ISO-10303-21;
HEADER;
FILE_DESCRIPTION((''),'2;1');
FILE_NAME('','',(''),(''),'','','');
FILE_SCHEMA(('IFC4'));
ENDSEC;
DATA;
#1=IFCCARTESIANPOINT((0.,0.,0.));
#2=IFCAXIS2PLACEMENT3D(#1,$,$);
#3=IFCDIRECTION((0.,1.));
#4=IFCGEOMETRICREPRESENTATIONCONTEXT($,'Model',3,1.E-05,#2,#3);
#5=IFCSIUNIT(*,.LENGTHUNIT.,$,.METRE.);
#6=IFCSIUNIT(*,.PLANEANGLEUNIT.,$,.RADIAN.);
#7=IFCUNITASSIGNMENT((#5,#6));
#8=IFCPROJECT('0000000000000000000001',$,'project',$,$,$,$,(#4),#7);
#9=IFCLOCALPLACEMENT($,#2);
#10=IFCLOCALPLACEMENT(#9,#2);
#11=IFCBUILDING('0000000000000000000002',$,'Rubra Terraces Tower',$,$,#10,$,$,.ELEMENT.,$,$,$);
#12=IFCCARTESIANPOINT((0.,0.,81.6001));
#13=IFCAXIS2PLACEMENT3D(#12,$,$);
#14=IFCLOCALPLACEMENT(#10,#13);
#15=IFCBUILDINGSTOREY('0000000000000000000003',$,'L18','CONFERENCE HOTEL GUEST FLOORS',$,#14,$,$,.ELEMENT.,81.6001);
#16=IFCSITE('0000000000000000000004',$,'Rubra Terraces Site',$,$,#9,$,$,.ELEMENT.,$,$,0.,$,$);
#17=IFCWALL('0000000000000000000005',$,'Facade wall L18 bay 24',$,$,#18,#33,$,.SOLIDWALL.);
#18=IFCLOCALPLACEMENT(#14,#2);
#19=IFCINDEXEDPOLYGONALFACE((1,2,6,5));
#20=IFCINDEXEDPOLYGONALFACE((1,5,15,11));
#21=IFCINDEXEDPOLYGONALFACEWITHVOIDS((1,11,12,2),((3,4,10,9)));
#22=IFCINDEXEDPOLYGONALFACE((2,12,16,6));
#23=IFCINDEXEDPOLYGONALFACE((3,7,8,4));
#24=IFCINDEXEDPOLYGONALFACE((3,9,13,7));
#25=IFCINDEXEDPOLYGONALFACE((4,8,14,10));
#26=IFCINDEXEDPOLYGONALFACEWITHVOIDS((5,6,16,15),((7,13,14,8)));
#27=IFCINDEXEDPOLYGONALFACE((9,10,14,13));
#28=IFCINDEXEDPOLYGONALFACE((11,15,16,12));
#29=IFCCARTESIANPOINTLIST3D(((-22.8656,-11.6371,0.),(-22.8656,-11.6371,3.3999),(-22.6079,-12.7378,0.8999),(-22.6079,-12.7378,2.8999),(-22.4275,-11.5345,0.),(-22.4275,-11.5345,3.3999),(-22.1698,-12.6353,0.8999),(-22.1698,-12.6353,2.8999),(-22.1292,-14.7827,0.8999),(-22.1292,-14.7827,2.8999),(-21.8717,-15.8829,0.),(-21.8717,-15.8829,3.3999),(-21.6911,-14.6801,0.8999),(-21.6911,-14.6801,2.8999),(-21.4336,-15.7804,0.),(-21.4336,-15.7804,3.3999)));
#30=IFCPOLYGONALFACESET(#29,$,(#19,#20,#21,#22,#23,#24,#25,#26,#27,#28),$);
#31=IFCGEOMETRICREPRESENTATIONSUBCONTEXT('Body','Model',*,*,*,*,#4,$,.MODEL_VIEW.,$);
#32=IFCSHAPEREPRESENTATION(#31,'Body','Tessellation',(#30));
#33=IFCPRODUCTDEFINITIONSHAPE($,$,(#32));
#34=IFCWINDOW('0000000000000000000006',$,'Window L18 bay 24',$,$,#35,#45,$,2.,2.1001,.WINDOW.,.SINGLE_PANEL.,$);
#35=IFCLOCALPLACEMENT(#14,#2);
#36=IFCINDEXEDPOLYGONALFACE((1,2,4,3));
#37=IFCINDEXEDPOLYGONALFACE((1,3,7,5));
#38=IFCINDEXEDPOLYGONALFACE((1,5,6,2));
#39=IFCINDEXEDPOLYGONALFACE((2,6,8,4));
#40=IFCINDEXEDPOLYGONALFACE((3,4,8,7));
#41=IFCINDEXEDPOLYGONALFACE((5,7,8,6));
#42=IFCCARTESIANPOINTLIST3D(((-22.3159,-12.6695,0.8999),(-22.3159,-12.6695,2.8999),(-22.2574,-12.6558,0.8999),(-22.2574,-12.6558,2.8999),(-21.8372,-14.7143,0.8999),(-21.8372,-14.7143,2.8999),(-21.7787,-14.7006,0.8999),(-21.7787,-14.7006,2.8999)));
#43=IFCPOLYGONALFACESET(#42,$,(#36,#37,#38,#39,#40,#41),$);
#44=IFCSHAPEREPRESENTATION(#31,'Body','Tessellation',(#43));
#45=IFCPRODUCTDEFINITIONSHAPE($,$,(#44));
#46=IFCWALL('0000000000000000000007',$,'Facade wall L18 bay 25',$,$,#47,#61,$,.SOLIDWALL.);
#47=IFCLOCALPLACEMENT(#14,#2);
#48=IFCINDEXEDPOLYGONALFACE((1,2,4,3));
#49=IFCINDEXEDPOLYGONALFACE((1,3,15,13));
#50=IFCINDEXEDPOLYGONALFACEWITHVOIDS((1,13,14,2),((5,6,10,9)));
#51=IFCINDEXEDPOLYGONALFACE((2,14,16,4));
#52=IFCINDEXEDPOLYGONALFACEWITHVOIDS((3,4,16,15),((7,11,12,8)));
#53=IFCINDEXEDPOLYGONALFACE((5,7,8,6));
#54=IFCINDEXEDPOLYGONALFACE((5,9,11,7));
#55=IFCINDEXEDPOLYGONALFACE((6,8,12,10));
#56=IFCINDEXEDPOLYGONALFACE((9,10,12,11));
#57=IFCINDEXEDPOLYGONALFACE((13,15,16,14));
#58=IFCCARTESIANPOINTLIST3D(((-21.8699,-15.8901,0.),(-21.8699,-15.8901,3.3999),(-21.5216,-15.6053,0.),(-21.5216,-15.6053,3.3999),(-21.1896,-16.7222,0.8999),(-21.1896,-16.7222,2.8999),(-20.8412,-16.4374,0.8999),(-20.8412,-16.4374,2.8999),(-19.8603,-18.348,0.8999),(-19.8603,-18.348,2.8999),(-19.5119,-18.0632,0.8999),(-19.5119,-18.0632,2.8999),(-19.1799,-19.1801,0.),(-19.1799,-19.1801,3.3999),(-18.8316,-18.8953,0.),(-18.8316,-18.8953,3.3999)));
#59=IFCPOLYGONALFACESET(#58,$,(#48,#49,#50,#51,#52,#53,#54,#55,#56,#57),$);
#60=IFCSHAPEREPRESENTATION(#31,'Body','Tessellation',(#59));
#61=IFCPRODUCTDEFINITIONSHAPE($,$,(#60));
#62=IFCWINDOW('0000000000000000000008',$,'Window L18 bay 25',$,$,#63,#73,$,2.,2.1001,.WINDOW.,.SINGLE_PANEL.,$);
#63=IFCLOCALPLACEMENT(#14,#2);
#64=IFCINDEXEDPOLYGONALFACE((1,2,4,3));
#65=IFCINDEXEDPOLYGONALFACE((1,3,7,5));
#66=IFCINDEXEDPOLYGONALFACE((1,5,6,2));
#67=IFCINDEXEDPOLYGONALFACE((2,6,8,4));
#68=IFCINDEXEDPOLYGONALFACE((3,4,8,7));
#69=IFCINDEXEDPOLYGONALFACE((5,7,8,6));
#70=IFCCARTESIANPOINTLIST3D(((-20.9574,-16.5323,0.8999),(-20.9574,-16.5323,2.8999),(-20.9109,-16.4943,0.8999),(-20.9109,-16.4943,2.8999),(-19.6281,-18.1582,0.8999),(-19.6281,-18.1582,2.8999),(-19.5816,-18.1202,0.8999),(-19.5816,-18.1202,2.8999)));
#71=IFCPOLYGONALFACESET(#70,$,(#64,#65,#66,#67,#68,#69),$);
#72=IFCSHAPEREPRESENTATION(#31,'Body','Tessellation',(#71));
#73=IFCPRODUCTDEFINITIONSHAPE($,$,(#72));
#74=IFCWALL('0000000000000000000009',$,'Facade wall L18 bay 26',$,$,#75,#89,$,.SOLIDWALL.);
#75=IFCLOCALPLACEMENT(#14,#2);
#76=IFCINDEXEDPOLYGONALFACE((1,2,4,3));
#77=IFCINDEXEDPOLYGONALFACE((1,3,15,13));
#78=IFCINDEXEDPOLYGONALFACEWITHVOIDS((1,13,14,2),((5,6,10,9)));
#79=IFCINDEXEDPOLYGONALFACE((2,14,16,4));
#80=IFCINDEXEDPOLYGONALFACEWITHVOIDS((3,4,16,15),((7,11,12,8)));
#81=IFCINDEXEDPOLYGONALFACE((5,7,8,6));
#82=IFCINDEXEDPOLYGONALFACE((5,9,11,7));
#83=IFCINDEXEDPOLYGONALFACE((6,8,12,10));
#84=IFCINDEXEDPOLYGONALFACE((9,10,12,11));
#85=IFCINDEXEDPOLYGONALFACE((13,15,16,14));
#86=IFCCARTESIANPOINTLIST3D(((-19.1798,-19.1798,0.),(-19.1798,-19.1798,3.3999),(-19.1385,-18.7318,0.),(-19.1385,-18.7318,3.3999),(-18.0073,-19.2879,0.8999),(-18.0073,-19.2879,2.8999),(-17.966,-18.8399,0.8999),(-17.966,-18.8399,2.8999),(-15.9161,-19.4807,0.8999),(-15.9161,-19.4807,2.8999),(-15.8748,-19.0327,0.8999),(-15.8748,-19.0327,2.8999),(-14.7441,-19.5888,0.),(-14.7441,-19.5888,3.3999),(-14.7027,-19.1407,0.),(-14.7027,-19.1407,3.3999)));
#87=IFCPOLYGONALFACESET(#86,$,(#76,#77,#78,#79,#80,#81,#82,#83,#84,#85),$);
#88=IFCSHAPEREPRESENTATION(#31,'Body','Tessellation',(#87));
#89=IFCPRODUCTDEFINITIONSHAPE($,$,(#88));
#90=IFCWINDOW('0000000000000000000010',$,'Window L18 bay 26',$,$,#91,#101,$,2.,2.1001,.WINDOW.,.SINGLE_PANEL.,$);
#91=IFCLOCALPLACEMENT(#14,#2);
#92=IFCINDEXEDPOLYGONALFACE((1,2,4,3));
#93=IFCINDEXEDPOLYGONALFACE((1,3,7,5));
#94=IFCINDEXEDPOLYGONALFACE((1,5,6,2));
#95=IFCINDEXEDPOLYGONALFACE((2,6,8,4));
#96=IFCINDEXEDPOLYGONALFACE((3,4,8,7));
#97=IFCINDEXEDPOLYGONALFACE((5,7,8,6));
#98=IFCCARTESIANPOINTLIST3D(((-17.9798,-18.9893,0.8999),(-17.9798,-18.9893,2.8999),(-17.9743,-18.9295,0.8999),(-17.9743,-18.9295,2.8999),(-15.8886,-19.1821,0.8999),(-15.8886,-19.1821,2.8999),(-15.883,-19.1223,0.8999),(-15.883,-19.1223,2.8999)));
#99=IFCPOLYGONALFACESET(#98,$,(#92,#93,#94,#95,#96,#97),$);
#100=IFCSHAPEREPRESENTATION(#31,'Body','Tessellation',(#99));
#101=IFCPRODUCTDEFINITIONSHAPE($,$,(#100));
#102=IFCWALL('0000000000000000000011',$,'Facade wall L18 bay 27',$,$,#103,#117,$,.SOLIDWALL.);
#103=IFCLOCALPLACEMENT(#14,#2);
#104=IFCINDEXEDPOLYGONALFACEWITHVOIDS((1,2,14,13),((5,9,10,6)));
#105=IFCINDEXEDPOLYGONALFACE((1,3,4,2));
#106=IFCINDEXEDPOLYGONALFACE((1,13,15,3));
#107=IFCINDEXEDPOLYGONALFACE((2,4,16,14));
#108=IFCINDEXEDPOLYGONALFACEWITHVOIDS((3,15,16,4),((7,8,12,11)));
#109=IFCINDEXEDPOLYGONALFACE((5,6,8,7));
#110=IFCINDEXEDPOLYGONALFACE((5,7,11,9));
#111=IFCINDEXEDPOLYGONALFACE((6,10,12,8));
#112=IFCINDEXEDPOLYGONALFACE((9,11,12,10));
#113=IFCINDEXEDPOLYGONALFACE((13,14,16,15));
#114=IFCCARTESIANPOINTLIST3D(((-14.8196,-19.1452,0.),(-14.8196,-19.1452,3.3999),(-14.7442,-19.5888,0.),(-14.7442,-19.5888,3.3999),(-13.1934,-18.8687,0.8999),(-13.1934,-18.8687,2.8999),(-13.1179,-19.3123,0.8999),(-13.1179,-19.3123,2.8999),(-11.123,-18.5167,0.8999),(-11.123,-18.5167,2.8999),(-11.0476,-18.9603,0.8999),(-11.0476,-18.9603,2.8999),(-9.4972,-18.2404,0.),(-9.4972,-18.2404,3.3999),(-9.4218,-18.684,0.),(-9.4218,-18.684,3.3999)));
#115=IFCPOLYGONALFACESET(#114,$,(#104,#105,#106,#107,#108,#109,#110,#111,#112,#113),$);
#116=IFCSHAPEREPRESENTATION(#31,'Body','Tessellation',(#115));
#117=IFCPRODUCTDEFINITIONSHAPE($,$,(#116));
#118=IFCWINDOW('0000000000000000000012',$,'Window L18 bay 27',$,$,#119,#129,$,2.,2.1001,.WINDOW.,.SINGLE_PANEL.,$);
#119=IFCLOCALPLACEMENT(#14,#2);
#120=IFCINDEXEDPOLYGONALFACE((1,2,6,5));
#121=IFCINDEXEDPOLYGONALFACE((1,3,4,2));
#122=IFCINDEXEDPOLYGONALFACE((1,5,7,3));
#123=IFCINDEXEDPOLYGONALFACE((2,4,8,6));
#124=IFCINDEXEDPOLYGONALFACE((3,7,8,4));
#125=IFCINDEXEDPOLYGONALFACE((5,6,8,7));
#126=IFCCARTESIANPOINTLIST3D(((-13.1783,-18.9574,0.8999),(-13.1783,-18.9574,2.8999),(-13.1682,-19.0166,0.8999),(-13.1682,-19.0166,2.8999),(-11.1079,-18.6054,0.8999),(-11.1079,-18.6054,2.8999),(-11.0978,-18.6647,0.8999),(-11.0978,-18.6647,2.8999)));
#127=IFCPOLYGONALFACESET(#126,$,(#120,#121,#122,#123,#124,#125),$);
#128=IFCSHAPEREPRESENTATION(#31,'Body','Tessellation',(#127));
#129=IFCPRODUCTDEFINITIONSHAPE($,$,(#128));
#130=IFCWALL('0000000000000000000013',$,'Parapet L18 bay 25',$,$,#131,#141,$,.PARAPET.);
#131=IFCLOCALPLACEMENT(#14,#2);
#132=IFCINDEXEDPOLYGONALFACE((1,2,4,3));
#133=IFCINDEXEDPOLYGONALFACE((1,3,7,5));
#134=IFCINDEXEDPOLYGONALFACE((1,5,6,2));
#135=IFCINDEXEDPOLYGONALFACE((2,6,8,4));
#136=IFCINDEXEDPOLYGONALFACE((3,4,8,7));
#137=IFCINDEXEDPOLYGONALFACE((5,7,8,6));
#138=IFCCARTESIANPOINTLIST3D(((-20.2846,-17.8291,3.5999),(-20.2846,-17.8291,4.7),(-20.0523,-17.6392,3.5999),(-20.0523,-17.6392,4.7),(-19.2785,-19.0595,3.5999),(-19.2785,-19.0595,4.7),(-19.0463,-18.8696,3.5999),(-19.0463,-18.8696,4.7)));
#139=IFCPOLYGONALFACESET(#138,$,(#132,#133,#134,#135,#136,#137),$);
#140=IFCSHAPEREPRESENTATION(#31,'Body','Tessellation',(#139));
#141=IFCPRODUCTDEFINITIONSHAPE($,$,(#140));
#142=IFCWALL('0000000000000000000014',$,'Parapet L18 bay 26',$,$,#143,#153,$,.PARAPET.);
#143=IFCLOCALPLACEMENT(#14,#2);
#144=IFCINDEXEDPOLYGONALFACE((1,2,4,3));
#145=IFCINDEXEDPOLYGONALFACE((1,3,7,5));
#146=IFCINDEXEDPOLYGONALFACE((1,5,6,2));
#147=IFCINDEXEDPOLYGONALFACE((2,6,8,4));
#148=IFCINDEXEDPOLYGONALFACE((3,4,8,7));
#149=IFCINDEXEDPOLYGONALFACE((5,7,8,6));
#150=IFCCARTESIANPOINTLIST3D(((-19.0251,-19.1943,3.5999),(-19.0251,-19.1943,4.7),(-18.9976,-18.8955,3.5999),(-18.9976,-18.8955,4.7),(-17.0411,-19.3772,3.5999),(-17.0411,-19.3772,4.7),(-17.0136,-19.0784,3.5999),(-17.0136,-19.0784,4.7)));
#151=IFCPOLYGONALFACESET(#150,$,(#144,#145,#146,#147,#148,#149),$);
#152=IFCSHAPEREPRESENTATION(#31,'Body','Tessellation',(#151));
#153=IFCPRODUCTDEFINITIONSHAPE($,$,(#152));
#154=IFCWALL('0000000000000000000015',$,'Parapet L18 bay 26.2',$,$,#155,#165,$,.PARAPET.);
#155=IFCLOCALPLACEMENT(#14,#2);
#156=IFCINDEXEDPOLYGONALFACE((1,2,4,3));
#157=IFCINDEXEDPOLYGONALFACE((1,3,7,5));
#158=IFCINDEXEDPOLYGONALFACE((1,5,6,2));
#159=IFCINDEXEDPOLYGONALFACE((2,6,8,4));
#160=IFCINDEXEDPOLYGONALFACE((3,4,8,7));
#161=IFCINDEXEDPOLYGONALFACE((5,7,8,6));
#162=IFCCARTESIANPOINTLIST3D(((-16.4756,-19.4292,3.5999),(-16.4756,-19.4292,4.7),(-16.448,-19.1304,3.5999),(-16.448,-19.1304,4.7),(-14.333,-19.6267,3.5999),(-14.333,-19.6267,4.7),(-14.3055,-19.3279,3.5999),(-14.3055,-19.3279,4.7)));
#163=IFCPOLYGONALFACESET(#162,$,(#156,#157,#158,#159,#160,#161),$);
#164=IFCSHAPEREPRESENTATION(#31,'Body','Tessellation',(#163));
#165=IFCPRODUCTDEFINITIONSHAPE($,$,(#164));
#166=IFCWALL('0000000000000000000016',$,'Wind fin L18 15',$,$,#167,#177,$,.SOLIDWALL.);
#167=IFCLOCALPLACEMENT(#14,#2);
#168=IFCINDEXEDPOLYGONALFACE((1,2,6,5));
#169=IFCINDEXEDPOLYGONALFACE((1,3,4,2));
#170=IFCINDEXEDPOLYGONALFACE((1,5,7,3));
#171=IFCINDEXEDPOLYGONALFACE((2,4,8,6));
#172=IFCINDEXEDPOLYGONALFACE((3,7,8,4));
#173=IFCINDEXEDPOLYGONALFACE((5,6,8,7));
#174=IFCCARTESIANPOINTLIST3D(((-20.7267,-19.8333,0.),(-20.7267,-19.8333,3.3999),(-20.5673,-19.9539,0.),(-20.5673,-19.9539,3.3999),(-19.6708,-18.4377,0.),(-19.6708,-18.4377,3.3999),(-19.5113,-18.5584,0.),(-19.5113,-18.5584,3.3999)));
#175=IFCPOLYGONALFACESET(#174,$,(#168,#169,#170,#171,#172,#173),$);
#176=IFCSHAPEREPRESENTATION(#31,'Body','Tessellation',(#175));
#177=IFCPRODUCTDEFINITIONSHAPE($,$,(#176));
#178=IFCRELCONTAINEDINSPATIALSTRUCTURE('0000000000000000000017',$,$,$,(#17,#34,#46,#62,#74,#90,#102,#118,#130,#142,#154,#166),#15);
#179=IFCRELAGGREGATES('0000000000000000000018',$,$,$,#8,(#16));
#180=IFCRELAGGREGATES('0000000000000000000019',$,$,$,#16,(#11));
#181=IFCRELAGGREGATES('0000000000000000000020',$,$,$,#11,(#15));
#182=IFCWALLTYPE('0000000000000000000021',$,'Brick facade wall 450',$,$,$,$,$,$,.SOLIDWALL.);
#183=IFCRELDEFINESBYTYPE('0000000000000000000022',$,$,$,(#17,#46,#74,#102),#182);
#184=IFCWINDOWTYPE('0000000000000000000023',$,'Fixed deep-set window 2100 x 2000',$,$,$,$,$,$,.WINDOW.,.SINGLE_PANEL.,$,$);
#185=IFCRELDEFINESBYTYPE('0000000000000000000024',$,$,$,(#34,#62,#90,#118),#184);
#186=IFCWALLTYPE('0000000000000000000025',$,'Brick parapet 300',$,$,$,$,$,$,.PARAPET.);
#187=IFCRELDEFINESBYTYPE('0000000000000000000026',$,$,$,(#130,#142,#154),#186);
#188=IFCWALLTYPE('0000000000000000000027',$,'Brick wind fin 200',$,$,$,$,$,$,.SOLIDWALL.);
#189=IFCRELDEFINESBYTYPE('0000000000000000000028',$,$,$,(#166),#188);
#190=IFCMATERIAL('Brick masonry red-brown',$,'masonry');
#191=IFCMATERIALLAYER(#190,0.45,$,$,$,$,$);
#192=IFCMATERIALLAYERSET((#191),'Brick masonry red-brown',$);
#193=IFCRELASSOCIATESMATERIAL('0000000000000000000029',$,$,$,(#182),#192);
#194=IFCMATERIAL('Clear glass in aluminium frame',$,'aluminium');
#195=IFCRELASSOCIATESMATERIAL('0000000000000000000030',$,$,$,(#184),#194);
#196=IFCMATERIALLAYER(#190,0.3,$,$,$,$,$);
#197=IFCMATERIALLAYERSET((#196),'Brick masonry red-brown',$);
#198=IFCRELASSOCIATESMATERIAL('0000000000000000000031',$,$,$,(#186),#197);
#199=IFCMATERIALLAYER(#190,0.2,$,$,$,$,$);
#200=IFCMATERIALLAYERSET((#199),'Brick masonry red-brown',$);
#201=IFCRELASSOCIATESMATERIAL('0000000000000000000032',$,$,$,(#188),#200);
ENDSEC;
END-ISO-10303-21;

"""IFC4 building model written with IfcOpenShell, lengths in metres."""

from ifc_helpers import new_model, si_unit, direction, frame, frame_2d, origin, place, context, subcontext, project, spatial, rectangle, extrude, material, layer, layer_set, type_object, element, fill, save


model = new_model("IFC4")

# Units and contexts
model_context = context("Model", 3, precision=1e-05, world=origin(), true_north=direction((0.0, 1.0)))
body_context = subcontext(model_context, "Body", "Model", "MODEL_VIEW")
ifc_project = project(units=[si_unit("LENGTHUNIT", "METRE"), si_unit("PLANEANGLEUNIT", "RADIAN")], contexts=[model_context])

# Site, building, storey
site_placement = place(None, origin())
site = spatial("IfcSite", under=ifc_project, at=site_placement, Name="Rubra Terraces Site", CompositionType="ELEMENT", RefElevation=0.0)
building_placement = place(site_placement, origin())
building = spatial("IfcBuilding", under=site, at=building_placement, Name="Rubra Terraces Tower", CompositionType="ELEMENT")
storey_placement = place(building_placement, frame((0.0, 0.0, 81.6001)))
storey = spatial("IfcBuildingStorey", under=building, at=storey_placement, Name="L18", Description="CONFERENCE HOTEL GUEST FLOORS", CompositionType="ELEMENT", Elevation=81.6001)

# Walls, openings, windows
ifc_material_1 = material(Name="Brick masonry red-brown", Category="masonry")
ifc_layer_1 = layer(ifc_material_1, 0.45)
ifc_layer_set_1 = layer_set([ifc_layer_1], Name="Brick masonry red-brown")
wall_type_1 = type_object("IfcWallType", Name="Brick facade wall 450", PredefinedType="SOLIDWALL", material=ifc_layer_set_1)
wall_1_placement = place(storey_placement, frame((-22.6465, -11.5859, 0.0), z_axis=(0.0, 0.0, 1.0), x_axis=(0.227925, -0.973679, 0.0)))
wall_1 = element("IfcWall", 1, at=wall_1_placement, inside=storey, type_object=wall_type_1, Name="Facade wall L18 bay 24", PredefinedType="SOLIDWALL", context=body_context, shape_type="SweptSolid", body=[
    extrude(rectangle(XDim=4.3606, YDim=0.45, at=frame_2d((2.1802, 0.0))), origin(), (0.0, 0.0, 1.0), 3.3999),
])
opening_1_placement = place(wall_1_placement, frame((1.1304, 0.0, 0.8999)))
opening_1 = element("IfcOpeningElement", 2, at=opening_1_placement, cuts=wall_1, PredefinedType="OPENING", context=body_context, shape_type="SweptSolid", body=[
    extrude(rectangle(XDim=2.1001, YDim=2.0, at=frame_2d((1.05, 1.0))), frame((0.0, 0.2349, 0.0), z_axis=(0.0, -1.0, 0.0), x_axis=(1.0, 0.0, 0.0)), (0.0, 0.0, 1.0), 0.47),
])
ifc_material_2 = material(Name="Clear glass in aluminium frame", Category="aluminium")
window_type = type_object("IfcWindowType", Name="Fixed deep-set window 2100 x 2000", PartitioningType="SINGLE_PANEL", PredefinedType="WINDOW", material=ifc_material_2)
window_1_placement = place(opening_1_placement, origin())
window_1 = element("IfcWindow", 3, at=window_1_placement, inside=storey, type_object=window_type, Name="Window L18 bay 24", OverallHeight=2.0, OverallWidth=2.1001, PartitioningType="SINGLE_PANEL", PredefinedType="WINDOW", context=body_context, shape_type="SweptSolid", body=[
    extrude(rectangle(XDim=2.1001, YDim=2.0, at=frame_2d((1.05, 1.0))), frame((0.0, 0.135, 0.0), z_axis=(0.0, -1.0, 0.0), x_axis=(1.0, 0.0, 0.0)), (0.0, 0.0, 1.0), 0.0601),
])
fill(opening_1, window_1)
wall_2_placement = place(storey_placement, frame((-21.6958, -15.7476, 0.0), z_axis=(0.0, 0.0, 1.0), x_axis=(0.632969, -0.774177, 0.0)))
wall_2 = element("IfcWall", 4, at=wall_2_placement, inside=storey, type_object=wall_type_1, Name="Facade wall L18 bay 25", PredefinedType="SOLIDWALL", context=body_context, shape_type="SweptSolid", body=[
    extrude(rectangle(XDim=4.2498, YDim=0.45, at=frame_2d((2.125, 0.0))), origin(), (0.0, 0.0, 1.0), 3.3999),
])
opening_2_placement = place(wall_2_placement, frame((1.075, 0.0, 0.8999)))
opening_2 = element("IfcOpeningElement", 5, at=opening_2_placement, cuts=wall_2, PredefinedType="OPENING", context=body_context, shape_type="SweptSolid", body=[
    extrude(rectangle(XDim=2.1001, YDim=2.0, at=frame_2d((1.05, 1.0))), frame((0.0, 0.2349, 0.0), z_axis=(0.0, -1.0, 0.0), x_axis=(1.0, 0.0, 0.0)), (0.0, 0.0, 1.0), 0.47),
])
window_2_placement = place(opening_2_placement, origin())
window_2 = element("IfcWindow", 6, at=window_2_placement, inside=storey, type_object=window_type, Name="Window L18 bay 25", OverallHeight=2.0, OverallWidth=2.1001, PartitioningType="SINGLE_PANEL", PredefinedType="WINDOW", context=body_context, shape_type="SweptSolid", body=[
    extrude(rectangle(XDim=2.1001, YDim=2.0, at=frame_2d((1.05, 1.0))), frame((0.0, 0.135, 0.0), z_axis=(0.0, -1.0, 0.0), x_axis=(1.0, 0.0, 0.0)), (0.0, 0.0, 1.0), 0.0601),
])
fill(opening_2, window_2)
wall_3_placement = place(storey_placement, frame((-19.1592, -18.9558, 0.0), z_axis=(0.0, 0.0, 1.0), x_axis=(0.995777, -0.091801, 0.0)))
wall_3 = element("IfcWall", 7, at=wall_3_placement, inside=storey, type_object=wall_type_1, Name="Facade wall L18 bay 26", PredefinedType="SOLIDWALL", context=body_context, shape_type="SweptSolid", body=[
    extrude(rectangle(XDim=4.4546, YDim=0.45, at=frame_2d((2.2273, 0.0))), origin(), (0.0, 0.0, 1.0), 3.3999),
])
opening_3_placement = place(wall_3_placement, frame((1.1775, 0.0, 0.8999)))
opening_3 = element("IfcOpeningElement", 8, at=opening_3_placement, cuts=wall_3, PredefinedType="OPENING", context=body_context, shape_type="SweptSolid", body=[
    extrude(rectangle(XDim=2.1001, YDim=2.0, at=frame_2d((1.05, 1.0))), frame((0.0, 0.2349, 0.0), z_axis=(0.0, -1.0, 0.0), x_axis=(1.0, 0.0, 0.0)), (0.0, 0.0, 1.0), 0.47),
])
window_3_placement = place(opening_3_placement, origin())
window_3 = element("IfcWindow", 9, at=window_3_placement, inside=storey, type_object=window_type, Name="Window L18 bay 26", OverallHeight=2.0, OverallWidth=2.1001, PartitioningType="SINGLE_PANEL", PredefinedType="WINDOW", context=body_context, shape_type="SweptSolid", body=[
    extrude(rectangle(XDim=2.1001, YDim=2.0, at=frame_2d((1.05, 1.0))), frame((0.0, 0.135, 0.0), z_axis=(0.0, -1.0, 0.0), x_axis=(1.0, 0.0, 0.0)), (0.0, 0.0, 1.0), 0.0601),
])
fill(opening_3, window_3)
wall_4_placement = place(storey_placement, frame((-14.7817, -19.3669, 0.0), z_axis=(0.0, 0.0, 1.0), x_axis=(0.985856, 0.167595, 0.0)))
wall_4 = element("IfcWall", 10, at=wall_4_placement, inside=storey, type_object=wall_type_1, Name="Facade wall L18 bay 27", PredefinedType="SOLIDWALL", context=body_context, shape_type="SweptSolid", body=[
    extrude(rectangle(XDim=5.3987, YDim=0.45, at=frame_2d((2.6992, 0.0))), origin(), (0.0, 0.0, 1.0), 3.3999),
])
opening_4_placement = place(wall_4_placement, frame((1.6494, 0.0, 0.8999)))
opening_4 = element("IfcOpeningElement", 11, at=opening_4_placement, cuts=wall_4, PredefinedType="OPENING", context=body_context, shape_type="SweptSolid", body=[
    extrude(rectangle(XDim=2.1001, YDim=2.0, at=frame_2d((1.05, 1.0))), frame((0.0, 0.2349, 0.0), z_axis=(0.0, -1.0, 0.0), x_axis=(1.0, 0.0, 0.0)), (0.0, 0.0, 1.0), 0.47),
])
window_4_placement = place(opening_4_placement, origin())
window_4 = element("IfcWindow", 12, at=window_4_placement, inside=storey, type_object=window_type, Name="Window L18 bay 27", OverallHeight=2.0, OverallWidth=2.1001, PartitioningType="SINGLE_PANEL", PredefinedType="WINDOW", context=body_context, shape_type="SweptSolid", body=[
    extrude(rectangle(XDim=2.1001, YDim=2.0, at=frame_2d((1.05, 1.0))), frame((0.0, 0.135, 0.0), z_axis=(0.0, -1.0, 0.0), x_axis=(1.0, 0.0, 0.0)), (0.0, 0.0, 1.0), 0.0601),
])
fill(opening_4, window_4)

# Walls
ifc_layer_2 = layer(ifc_material_1, 0.3)
ifc_layer_set_2 = layer_set([ifc_layer_2], Name="Brick masonry red-brown")
wall_type_2 = type_object("IfcWallType", Name="Brick parapet 300", PredefinedType="PARAPET", material=ifc_layer_set_2)
wall_5_placement = place(storey_placement, frame((-20.1685, -17.7341, 3.5999), z_axis=(0.0, 0.0, 1.0), x_axis=(0.632995, -0.774156, 0.0)))
element("IfcWall", 13, at=wall_5_placement, inside=storey, type_object=wall_type_2, Name="Parapet L18 bay 25", PredefinedType="PARAPET", context=body_context, shape_type="SweptSolid", body=[
    extrude(rectangle(XDim=1.5894, YDim=0.3, at=frame_2d((0.7947, 0.0))), origin(), (0.0, 0.0, 1.0), 1.1001),
])
wall_6_placement = place(storey_placement, frame((-19.0112, -19.0449, 3.5999), z_axis=(0.0, 0.0, 1.0), x_axis=(0.99578, -0.091773, 0.0)))
element("IfcWall", 14, at=wall_6_placement, inside=storey, type_object=wall_type_2, Name="Parapet L18 bay 26", PredefinedType="PARAPET", context=body_context, shape_type="SweptSolid", body=[
    extrude(rectangle(XDim=1.9924, YDim=0.3, at=frame_2d((0.9961, 0.0))), origin(), (0.0, 0.0, 1.0), 1.1001),
])
wall_7_placement = place(storey_placement, frame((-16.4617, -19.2798, 3.5999), z_axis=(0.0, 0.0, 1.0), x_axis=(0.995778, -0.091794, 0.0)))
element("IfcWall", 15, at=wall_7_placement, inside=storey, type_object=wall_type_2, Name="Parapet L18 bay 26.2", PredefinedType="PARAPET", context=body_context, shape_type="SweptSolid", body=[
    extrude(rectangle(XDim=2.1516, YDim=0.3, at=frame_2d((1.0757, 0.0))), origin(), (0.0, 0.0, 1.0), 1.1001),
])
ifc_layer_3 = layer(ifc_material_1, 0.2)
ifc_layer_set_3 = layer_set([ifc_layer_3], Name="Brick masonry red-brown")
wall_type_3 = type_object("IfcWallType", Name="Brick wind fin 200", PredefinedType="SOLIDWALL", material=ifc_layer_set_3)
wall_8_placement = place(storey_placement, frame((-19.5911, -18.498, 0.0), z_axis=(0.0, 0.0, 1.0), x_axis=(-0.603388, -0.797448, 0.0)))
element("IfcWall", 16, at=wall_8_placement, inside=storey, type_object=wall_type_3, Name="Wind fin L18 15", PredefinedType="SOLIDWALL", context=body_context, shape_type="SweptSolid", body=[
    extrude(rectangle(XDim=1.75, YDim=0.2, at=frame_2d((0.875, 0.0))), origin(), (0.0, 0.0, 1.0), 3.3999),
])

save(model, "model.ifc")
